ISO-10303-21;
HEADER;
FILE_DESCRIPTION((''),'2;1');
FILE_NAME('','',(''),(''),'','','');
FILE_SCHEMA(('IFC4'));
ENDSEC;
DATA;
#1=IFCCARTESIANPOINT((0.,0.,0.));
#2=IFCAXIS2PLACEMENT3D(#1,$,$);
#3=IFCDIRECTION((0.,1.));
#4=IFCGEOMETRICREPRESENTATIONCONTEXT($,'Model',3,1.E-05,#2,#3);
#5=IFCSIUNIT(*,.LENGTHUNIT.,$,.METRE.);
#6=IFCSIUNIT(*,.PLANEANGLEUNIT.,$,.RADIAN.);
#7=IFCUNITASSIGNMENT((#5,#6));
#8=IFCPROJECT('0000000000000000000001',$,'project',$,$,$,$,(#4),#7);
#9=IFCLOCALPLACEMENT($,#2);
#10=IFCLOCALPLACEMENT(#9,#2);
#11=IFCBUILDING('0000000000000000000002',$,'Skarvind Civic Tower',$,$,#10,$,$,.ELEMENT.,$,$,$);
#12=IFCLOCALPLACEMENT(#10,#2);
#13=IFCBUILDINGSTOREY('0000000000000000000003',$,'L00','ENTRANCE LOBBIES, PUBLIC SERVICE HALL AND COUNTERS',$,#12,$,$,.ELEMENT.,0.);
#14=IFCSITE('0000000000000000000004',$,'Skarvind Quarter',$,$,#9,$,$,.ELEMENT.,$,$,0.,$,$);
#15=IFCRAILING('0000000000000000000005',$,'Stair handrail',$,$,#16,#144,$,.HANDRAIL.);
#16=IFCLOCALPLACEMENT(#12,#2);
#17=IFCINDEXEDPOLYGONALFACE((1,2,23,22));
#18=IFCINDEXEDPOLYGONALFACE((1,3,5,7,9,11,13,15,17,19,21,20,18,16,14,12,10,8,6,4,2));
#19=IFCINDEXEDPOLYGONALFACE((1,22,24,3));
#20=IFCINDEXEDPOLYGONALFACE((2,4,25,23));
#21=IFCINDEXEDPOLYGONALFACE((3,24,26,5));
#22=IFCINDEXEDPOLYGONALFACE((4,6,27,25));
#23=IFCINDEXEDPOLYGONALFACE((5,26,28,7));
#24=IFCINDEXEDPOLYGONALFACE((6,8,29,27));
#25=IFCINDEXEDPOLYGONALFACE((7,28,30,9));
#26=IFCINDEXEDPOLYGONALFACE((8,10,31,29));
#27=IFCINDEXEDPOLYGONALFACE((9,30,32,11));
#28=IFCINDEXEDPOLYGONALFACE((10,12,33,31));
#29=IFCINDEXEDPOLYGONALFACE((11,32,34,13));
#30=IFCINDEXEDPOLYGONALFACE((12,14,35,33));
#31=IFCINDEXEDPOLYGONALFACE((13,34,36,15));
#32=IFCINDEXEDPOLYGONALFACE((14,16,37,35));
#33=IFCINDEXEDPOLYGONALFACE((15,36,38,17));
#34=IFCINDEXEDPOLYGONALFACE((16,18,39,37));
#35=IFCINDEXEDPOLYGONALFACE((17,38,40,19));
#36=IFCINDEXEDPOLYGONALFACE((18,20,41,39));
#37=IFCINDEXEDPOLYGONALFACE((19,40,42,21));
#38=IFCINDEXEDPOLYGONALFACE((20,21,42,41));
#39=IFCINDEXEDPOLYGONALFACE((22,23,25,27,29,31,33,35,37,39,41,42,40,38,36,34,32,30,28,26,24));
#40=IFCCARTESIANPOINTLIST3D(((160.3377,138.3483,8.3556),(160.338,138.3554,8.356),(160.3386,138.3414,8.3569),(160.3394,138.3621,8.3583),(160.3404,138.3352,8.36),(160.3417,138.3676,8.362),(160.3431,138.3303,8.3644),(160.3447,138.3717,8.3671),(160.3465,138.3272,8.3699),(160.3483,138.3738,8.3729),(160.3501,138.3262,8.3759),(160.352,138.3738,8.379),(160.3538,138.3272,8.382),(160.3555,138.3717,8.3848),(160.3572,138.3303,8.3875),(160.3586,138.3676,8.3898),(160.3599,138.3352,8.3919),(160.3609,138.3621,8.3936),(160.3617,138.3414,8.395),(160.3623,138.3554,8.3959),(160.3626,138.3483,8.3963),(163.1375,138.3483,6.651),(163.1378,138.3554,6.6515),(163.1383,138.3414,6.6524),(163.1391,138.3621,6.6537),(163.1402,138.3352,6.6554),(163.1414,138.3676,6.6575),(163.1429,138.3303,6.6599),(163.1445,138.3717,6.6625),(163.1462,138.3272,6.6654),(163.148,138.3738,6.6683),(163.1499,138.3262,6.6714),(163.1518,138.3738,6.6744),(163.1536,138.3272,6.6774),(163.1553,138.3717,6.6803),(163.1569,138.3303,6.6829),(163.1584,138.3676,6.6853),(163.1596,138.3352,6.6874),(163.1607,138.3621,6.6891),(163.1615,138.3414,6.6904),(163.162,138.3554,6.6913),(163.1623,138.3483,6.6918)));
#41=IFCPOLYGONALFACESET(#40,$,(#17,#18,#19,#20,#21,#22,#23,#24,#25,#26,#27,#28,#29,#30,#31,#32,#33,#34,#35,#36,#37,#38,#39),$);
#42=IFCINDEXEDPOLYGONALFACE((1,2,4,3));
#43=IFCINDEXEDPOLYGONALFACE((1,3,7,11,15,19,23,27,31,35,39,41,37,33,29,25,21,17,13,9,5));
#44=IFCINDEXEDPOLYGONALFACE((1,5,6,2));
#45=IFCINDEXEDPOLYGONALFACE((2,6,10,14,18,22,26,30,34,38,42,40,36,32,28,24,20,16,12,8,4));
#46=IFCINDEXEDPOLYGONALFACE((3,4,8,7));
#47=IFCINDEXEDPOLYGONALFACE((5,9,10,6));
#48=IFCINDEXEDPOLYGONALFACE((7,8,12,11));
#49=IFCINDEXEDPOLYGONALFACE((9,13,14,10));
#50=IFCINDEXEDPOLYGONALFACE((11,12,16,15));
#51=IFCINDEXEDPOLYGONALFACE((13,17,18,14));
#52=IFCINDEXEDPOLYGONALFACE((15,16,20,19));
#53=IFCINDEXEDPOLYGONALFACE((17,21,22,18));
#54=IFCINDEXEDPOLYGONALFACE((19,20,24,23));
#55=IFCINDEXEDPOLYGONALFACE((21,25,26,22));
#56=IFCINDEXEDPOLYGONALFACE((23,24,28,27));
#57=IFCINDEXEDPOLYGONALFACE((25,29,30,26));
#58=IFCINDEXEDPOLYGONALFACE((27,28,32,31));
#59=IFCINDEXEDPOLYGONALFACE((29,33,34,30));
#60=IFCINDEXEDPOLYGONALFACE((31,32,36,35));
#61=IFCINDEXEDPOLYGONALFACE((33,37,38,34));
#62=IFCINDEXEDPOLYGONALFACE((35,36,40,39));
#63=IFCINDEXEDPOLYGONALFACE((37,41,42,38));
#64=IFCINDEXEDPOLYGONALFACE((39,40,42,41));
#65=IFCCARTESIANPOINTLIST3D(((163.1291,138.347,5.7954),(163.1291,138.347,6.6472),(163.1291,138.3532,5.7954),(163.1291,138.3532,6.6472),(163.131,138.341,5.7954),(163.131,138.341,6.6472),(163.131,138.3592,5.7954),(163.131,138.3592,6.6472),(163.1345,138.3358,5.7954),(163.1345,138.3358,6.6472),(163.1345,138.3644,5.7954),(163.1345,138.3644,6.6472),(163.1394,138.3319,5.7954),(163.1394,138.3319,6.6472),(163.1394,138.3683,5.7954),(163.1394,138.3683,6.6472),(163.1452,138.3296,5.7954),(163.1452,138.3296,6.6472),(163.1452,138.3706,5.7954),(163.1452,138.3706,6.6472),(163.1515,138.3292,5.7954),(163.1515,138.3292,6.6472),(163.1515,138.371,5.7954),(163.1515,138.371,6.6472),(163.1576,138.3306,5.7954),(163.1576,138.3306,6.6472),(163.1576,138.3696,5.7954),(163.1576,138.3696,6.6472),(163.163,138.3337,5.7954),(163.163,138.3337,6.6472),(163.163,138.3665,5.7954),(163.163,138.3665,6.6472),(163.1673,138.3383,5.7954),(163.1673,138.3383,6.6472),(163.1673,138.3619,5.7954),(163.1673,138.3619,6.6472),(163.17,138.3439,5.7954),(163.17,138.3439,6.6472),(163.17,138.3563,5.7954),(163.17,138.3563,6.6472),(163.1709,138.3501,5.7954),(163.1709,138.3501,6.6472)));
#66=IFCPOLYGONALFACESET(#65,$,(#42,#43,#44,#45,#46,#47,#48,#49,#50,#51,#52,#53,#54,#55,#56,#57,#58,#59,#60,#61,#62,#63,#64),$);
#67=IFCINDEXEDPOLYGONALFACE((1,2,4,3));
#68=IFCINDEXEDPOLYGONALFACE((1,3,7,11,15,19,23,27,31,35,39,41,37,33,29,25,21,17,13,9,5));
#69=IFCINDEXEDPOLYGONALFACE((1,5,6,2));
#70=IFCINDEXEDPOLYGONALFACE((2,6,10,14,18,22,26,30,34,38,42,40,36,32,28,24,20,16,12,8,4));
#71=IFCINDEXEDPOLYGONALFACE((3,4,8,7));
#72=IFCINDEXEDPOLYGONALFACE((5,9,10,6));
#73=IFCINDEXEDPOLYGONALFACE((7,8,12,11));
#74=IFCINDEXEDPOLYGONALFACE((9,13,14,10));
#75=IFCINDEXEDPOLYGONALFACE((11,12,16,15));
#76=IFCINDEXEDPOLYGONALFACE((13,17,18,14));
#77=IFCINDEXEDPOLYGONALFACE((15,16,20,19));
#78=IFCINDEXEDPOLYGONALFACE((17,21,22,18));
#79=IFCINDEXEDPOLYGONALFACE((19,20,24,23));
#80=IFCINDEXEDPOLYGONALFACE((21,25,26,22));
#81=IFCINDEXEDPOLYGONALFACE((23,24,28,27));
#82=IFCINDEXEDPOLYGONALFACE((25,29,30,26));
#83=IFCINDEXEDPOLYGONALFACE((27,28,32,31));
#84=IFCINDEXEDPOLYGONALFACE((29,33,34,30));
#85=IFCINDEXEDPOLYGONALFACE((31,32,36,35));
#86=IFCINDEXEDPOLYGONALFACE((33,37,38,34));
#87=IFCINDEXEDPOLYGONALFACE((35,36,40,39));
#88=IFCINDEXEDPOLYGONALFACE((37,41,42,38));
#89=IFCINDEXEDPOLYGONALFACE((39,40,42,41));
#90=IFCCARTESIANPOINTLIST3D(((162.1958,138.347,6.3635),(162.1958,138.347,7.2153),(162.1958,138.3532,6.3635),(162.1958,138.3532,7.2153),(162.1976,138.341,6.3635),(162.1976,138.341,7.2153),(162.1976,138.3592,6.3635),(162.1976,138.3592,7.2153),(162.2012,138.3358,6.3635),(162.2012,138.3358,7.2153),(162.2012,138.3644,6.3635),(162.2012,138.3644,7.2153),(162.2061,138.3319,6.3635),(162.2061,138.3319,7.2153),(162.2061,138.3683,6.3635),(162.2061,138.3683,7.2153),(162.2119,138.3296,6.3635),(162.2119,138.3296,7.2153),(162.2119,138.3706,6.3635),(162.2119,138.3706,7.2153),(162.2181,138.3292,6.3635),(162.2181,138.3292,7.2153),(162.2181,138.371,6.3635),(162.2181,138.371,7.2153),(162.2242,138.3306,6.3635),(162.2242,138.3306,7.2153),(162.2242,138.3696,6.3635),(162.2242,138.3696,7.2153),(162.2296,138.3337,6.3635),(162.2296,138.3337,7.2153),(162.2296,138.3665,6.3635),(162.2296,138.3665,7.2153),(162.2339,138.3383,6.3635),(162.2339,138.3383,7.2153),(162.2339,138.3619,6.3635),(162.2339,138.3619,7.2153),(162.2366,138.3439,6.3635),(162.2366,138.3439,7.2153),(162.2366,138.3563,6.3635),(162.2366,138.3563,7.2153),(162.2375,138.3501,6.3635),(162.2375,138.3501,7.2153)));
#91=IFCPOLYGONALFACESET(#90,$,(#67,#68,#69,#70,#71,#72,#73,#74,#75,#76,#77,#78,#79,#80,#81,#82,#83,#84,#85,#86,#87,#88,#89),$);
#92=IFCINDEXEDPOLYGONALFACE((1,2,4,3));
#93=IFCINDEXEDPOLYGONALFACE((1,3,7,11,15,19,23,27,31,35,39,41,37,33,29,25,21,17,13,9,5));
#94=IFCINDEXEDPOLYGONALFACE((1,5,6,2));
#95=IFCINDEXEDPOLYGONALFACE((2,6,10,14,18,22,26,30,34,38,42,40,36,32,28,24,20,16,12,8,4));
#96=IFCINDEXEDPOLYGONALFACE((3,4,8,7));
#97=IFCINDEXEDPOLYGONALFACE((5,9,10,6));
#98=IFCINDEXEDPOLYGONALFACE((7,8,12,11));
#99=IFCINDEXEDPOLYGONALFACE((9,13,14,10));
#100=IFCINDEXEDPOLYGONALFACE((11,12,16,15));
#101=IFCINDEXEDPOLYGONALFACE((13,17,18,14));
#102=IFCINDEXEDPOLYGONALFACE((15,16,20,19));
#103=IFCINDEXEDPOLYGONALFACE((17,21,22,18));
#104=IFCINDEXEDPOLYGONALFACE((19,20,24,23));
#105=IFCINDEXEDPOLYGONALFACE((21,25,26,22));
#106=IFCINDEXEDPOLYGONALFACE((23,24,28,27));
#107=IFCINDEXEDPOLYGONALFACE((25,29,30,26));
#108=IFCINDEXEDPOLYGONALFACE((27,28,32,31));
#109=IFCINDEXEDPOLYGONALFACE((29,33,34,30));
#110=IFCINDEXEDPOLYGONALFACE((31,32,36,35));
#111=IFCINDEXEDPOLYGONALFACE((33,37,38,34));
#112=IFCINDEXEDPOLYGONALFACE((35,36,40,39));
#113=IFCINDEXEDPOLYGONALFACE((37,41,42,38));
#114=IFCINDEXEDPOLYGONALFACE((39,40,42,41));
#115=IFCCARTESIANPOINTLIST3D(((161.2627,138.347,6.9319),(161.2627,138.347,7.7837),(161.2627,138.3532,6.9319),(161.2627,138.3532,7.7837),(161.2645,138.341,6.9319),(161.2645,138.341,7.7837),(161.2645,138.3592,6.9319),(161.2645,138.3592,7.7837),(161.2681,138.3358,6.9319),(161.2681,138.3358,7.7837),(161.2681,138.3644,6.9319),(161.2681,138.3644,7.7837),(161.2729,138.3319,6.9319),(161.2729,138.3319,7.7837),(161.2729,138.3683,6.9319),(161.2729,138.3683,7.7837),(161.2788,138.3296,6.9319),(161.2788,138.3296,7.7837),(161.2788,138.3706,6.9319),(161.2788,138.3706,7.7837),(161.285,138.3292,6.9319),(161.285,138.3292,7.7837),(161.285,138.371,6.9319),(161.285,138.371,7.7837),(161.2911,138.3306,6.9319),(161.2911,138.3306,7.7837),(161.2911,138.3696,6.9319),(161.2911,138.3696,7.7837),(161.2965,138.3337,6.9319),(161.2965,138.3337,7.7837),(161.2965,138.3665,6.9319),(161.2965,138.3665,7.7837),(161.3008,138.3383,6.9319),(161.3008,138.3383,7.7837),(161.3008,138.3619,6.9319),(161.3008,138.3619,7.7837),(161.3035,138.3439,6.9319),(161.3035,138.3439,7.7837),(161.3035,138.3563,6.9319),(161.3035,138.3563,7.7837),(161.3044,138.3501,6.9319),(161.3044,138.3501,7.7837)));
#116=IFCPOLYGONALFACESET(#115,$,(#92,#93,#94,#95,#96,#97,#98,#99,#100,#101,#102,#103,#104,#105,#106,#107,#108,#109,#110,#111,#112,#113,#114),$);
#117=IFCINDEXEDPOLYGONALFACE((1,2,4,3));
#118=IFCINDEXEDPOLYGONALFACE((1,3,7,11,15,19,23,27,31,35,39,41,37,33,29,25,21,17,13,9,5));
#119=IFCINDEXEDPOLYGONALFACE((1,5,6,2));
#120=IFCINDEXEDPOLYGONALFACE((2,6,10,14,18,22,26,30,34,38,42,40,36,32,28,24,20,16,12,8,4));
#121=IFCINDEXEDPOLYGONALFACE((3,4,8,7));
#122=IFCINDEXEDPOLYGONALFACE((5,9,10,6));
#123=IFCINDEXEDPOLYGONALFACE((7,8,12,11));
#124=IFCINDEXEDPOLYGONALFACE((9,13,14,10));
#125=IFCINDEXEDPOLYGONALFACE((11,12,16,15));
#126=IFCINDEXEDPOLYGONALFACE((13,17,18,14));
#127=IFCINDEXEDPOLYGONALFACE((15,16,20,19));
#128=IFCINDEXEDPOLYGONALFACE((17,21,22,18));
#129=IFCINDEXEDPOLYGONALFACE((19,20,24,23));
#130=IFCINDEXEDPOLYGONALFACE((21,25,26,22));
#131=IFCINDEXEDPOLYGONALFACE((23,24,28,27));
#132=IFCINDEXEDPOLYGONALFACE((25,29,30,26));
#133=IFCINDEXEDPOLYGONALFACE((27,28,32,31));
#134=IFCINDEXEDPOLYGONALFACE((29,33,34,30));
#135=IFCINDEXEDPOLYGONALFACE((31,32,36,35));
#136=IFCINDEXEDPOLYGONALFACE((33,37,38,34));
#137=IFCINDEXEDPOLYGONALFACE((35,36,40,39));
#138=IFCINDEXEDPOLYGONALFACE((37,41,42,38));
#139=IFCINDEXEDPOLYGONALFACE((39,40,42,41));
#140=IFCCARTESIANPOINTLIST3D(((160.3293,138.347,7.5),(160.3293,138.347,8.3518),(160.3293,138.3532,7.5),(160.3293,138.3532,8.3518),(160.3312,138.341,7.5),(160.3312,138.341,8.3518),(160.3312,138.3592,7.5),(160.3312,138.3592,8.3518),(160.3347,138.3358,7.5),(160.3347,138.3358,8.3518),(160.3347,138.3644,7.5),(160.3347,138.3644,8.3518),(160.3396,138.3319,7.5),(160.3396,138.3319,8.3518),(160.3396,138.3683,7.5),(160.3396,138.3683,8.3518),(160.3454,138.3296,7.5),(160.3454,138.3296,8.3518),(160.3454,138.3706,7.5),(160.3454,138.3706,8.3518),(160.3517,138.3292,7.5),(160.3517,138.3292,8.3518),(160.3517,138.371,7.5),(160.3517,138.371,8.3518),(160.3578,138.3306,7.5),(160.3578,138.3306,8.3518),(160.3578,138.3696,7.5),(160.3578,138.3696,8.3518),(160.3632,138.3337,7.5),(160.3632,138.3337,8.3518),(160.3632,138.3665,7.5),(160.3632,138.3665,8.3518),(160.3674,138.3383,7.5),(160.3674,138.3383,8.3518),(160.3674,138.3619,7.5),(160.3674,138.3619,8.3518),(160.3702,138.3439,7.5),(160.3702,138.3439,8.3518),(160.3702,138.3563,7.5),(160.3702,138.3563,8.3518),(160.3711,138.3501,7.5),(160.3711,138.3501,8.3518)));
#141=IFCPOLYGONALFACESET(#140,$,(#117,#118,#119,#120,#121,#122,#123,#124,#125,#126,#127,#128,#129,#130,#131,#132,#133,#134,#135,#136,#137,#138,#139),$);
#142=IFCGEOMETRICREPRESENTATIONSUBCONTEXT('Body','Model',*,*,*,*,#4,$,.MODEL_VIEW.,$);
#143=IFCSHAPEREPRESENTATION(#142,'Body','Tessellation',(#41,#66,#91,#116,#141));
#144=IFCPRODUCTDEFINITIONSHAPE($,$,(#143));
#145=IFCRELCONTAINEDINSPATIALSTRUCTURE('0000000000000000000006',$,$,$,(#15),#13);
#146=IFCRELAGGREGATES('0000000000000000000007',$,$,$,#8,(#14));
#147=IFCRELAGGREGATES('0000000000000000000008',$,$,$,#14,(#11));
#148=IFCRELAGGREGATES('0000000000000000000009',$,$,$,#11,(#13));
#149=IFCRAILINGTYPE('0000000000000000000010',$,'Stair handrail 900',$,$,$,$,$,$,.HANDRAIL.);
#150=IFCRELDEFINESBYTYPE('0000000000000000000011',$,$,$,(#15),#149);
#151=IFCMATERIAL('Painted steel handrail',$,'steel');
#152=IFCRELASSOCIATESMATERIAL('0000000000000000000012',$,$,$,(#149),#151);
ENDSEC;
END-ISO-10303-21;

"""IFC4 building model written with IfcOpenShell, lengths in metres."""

from ifc_helpers import new_model, si_unit, direction, frame, origin, origin_2d, place, context, subcontext, project, spatial, circle, extrude, material, type_object, element, save


model = new_model("IFC4")

# Units and contexts
model_context = context("Model", 3, precision=1e-05, world=origin(), true_north=direction((0.0, 1.0)))
body_context = subcontext(model_context, "Body", "Model", "MODEL_VIEW")
ifc_project = project(units=[si_unit("LENGTHUNIT", "METRE"), si_unit("PLANEANGLEUNIT", "RADIAN")], contexts=[model_context])

# Site, building, storey
site_placement = place(None, origin())
site = spatial("IfcSite", under=ifc_project, at=site_placement, Name="Skarvind Quarter", CompositionType="ELEMENT", RefElevation=0.0)
building_placement = place(site_placement, origin())
building = spatial("IfcBuilding", under=site, at=building_placement, Name="Skarvind Civic Tower", CompositionType="ELEMENT")
storey_placement = place(building_placement, origin())
storey = spatial("IfcBuildingStorey", under=building, at=storey_placement, Name="L00", Description="ENTRANCE LOBBIES, PUBLIC SERVICE HALL AND COUNTERS", CompositionType="ELEMENT", Elevation=0.0)

# Railing
ifc_material_1 = material(Name="Painted steel handrail", Category="steel")
railing_type = type_object("IfcRailingType", Name="Stair handrail 900", PredefinedType="HANDRAIL", material=ifc_material_1)
railing_1_placement = place(storey_placement, frame((163.1499, 138.3501, 5.7954)))
element("IfcRailing", 1, at=railing_1_placement, inside=storey, type_object=railing_type, Name="Stair handrail", PredefinedType="HANDRAIL", context=body_context, shape_type="SweptSolid", body=[
    extrude(circle(Radius=0.0239, at=origin_2d()), frame((0.0, 0.0, 0.876), z_axis=(-0.85415, 0.0, 0.520027), x_axis=(0.0, -1.0, 0.0)), (0.0, 0.0, 1.0), 3.2778),
    extrude(circle(Radius=0.021, at=origin_2d()), origin(), (0.0, 0.0, 1.0), 0.8518),
    extrude(circle(Radius=0.021, at=origin_2d()), frame((-0.9333, 0.0, 0.5681)), (0.0, 0.0, 1.0), 0.8518),
    extrude(circle(Radius=0.021, at=origin_2d()), frame((-1.8665, 0.0, 1.1365)), (0.0, 0.0, 1.0), 0.8518),
    extrude(circle(Radius=0.021, at=origin_2d()), frame((-2.7998, 0.0, 1.7046)), (0.0, 0.0, 1.0), 0.8518),
])

save(model, "model.ifc")
